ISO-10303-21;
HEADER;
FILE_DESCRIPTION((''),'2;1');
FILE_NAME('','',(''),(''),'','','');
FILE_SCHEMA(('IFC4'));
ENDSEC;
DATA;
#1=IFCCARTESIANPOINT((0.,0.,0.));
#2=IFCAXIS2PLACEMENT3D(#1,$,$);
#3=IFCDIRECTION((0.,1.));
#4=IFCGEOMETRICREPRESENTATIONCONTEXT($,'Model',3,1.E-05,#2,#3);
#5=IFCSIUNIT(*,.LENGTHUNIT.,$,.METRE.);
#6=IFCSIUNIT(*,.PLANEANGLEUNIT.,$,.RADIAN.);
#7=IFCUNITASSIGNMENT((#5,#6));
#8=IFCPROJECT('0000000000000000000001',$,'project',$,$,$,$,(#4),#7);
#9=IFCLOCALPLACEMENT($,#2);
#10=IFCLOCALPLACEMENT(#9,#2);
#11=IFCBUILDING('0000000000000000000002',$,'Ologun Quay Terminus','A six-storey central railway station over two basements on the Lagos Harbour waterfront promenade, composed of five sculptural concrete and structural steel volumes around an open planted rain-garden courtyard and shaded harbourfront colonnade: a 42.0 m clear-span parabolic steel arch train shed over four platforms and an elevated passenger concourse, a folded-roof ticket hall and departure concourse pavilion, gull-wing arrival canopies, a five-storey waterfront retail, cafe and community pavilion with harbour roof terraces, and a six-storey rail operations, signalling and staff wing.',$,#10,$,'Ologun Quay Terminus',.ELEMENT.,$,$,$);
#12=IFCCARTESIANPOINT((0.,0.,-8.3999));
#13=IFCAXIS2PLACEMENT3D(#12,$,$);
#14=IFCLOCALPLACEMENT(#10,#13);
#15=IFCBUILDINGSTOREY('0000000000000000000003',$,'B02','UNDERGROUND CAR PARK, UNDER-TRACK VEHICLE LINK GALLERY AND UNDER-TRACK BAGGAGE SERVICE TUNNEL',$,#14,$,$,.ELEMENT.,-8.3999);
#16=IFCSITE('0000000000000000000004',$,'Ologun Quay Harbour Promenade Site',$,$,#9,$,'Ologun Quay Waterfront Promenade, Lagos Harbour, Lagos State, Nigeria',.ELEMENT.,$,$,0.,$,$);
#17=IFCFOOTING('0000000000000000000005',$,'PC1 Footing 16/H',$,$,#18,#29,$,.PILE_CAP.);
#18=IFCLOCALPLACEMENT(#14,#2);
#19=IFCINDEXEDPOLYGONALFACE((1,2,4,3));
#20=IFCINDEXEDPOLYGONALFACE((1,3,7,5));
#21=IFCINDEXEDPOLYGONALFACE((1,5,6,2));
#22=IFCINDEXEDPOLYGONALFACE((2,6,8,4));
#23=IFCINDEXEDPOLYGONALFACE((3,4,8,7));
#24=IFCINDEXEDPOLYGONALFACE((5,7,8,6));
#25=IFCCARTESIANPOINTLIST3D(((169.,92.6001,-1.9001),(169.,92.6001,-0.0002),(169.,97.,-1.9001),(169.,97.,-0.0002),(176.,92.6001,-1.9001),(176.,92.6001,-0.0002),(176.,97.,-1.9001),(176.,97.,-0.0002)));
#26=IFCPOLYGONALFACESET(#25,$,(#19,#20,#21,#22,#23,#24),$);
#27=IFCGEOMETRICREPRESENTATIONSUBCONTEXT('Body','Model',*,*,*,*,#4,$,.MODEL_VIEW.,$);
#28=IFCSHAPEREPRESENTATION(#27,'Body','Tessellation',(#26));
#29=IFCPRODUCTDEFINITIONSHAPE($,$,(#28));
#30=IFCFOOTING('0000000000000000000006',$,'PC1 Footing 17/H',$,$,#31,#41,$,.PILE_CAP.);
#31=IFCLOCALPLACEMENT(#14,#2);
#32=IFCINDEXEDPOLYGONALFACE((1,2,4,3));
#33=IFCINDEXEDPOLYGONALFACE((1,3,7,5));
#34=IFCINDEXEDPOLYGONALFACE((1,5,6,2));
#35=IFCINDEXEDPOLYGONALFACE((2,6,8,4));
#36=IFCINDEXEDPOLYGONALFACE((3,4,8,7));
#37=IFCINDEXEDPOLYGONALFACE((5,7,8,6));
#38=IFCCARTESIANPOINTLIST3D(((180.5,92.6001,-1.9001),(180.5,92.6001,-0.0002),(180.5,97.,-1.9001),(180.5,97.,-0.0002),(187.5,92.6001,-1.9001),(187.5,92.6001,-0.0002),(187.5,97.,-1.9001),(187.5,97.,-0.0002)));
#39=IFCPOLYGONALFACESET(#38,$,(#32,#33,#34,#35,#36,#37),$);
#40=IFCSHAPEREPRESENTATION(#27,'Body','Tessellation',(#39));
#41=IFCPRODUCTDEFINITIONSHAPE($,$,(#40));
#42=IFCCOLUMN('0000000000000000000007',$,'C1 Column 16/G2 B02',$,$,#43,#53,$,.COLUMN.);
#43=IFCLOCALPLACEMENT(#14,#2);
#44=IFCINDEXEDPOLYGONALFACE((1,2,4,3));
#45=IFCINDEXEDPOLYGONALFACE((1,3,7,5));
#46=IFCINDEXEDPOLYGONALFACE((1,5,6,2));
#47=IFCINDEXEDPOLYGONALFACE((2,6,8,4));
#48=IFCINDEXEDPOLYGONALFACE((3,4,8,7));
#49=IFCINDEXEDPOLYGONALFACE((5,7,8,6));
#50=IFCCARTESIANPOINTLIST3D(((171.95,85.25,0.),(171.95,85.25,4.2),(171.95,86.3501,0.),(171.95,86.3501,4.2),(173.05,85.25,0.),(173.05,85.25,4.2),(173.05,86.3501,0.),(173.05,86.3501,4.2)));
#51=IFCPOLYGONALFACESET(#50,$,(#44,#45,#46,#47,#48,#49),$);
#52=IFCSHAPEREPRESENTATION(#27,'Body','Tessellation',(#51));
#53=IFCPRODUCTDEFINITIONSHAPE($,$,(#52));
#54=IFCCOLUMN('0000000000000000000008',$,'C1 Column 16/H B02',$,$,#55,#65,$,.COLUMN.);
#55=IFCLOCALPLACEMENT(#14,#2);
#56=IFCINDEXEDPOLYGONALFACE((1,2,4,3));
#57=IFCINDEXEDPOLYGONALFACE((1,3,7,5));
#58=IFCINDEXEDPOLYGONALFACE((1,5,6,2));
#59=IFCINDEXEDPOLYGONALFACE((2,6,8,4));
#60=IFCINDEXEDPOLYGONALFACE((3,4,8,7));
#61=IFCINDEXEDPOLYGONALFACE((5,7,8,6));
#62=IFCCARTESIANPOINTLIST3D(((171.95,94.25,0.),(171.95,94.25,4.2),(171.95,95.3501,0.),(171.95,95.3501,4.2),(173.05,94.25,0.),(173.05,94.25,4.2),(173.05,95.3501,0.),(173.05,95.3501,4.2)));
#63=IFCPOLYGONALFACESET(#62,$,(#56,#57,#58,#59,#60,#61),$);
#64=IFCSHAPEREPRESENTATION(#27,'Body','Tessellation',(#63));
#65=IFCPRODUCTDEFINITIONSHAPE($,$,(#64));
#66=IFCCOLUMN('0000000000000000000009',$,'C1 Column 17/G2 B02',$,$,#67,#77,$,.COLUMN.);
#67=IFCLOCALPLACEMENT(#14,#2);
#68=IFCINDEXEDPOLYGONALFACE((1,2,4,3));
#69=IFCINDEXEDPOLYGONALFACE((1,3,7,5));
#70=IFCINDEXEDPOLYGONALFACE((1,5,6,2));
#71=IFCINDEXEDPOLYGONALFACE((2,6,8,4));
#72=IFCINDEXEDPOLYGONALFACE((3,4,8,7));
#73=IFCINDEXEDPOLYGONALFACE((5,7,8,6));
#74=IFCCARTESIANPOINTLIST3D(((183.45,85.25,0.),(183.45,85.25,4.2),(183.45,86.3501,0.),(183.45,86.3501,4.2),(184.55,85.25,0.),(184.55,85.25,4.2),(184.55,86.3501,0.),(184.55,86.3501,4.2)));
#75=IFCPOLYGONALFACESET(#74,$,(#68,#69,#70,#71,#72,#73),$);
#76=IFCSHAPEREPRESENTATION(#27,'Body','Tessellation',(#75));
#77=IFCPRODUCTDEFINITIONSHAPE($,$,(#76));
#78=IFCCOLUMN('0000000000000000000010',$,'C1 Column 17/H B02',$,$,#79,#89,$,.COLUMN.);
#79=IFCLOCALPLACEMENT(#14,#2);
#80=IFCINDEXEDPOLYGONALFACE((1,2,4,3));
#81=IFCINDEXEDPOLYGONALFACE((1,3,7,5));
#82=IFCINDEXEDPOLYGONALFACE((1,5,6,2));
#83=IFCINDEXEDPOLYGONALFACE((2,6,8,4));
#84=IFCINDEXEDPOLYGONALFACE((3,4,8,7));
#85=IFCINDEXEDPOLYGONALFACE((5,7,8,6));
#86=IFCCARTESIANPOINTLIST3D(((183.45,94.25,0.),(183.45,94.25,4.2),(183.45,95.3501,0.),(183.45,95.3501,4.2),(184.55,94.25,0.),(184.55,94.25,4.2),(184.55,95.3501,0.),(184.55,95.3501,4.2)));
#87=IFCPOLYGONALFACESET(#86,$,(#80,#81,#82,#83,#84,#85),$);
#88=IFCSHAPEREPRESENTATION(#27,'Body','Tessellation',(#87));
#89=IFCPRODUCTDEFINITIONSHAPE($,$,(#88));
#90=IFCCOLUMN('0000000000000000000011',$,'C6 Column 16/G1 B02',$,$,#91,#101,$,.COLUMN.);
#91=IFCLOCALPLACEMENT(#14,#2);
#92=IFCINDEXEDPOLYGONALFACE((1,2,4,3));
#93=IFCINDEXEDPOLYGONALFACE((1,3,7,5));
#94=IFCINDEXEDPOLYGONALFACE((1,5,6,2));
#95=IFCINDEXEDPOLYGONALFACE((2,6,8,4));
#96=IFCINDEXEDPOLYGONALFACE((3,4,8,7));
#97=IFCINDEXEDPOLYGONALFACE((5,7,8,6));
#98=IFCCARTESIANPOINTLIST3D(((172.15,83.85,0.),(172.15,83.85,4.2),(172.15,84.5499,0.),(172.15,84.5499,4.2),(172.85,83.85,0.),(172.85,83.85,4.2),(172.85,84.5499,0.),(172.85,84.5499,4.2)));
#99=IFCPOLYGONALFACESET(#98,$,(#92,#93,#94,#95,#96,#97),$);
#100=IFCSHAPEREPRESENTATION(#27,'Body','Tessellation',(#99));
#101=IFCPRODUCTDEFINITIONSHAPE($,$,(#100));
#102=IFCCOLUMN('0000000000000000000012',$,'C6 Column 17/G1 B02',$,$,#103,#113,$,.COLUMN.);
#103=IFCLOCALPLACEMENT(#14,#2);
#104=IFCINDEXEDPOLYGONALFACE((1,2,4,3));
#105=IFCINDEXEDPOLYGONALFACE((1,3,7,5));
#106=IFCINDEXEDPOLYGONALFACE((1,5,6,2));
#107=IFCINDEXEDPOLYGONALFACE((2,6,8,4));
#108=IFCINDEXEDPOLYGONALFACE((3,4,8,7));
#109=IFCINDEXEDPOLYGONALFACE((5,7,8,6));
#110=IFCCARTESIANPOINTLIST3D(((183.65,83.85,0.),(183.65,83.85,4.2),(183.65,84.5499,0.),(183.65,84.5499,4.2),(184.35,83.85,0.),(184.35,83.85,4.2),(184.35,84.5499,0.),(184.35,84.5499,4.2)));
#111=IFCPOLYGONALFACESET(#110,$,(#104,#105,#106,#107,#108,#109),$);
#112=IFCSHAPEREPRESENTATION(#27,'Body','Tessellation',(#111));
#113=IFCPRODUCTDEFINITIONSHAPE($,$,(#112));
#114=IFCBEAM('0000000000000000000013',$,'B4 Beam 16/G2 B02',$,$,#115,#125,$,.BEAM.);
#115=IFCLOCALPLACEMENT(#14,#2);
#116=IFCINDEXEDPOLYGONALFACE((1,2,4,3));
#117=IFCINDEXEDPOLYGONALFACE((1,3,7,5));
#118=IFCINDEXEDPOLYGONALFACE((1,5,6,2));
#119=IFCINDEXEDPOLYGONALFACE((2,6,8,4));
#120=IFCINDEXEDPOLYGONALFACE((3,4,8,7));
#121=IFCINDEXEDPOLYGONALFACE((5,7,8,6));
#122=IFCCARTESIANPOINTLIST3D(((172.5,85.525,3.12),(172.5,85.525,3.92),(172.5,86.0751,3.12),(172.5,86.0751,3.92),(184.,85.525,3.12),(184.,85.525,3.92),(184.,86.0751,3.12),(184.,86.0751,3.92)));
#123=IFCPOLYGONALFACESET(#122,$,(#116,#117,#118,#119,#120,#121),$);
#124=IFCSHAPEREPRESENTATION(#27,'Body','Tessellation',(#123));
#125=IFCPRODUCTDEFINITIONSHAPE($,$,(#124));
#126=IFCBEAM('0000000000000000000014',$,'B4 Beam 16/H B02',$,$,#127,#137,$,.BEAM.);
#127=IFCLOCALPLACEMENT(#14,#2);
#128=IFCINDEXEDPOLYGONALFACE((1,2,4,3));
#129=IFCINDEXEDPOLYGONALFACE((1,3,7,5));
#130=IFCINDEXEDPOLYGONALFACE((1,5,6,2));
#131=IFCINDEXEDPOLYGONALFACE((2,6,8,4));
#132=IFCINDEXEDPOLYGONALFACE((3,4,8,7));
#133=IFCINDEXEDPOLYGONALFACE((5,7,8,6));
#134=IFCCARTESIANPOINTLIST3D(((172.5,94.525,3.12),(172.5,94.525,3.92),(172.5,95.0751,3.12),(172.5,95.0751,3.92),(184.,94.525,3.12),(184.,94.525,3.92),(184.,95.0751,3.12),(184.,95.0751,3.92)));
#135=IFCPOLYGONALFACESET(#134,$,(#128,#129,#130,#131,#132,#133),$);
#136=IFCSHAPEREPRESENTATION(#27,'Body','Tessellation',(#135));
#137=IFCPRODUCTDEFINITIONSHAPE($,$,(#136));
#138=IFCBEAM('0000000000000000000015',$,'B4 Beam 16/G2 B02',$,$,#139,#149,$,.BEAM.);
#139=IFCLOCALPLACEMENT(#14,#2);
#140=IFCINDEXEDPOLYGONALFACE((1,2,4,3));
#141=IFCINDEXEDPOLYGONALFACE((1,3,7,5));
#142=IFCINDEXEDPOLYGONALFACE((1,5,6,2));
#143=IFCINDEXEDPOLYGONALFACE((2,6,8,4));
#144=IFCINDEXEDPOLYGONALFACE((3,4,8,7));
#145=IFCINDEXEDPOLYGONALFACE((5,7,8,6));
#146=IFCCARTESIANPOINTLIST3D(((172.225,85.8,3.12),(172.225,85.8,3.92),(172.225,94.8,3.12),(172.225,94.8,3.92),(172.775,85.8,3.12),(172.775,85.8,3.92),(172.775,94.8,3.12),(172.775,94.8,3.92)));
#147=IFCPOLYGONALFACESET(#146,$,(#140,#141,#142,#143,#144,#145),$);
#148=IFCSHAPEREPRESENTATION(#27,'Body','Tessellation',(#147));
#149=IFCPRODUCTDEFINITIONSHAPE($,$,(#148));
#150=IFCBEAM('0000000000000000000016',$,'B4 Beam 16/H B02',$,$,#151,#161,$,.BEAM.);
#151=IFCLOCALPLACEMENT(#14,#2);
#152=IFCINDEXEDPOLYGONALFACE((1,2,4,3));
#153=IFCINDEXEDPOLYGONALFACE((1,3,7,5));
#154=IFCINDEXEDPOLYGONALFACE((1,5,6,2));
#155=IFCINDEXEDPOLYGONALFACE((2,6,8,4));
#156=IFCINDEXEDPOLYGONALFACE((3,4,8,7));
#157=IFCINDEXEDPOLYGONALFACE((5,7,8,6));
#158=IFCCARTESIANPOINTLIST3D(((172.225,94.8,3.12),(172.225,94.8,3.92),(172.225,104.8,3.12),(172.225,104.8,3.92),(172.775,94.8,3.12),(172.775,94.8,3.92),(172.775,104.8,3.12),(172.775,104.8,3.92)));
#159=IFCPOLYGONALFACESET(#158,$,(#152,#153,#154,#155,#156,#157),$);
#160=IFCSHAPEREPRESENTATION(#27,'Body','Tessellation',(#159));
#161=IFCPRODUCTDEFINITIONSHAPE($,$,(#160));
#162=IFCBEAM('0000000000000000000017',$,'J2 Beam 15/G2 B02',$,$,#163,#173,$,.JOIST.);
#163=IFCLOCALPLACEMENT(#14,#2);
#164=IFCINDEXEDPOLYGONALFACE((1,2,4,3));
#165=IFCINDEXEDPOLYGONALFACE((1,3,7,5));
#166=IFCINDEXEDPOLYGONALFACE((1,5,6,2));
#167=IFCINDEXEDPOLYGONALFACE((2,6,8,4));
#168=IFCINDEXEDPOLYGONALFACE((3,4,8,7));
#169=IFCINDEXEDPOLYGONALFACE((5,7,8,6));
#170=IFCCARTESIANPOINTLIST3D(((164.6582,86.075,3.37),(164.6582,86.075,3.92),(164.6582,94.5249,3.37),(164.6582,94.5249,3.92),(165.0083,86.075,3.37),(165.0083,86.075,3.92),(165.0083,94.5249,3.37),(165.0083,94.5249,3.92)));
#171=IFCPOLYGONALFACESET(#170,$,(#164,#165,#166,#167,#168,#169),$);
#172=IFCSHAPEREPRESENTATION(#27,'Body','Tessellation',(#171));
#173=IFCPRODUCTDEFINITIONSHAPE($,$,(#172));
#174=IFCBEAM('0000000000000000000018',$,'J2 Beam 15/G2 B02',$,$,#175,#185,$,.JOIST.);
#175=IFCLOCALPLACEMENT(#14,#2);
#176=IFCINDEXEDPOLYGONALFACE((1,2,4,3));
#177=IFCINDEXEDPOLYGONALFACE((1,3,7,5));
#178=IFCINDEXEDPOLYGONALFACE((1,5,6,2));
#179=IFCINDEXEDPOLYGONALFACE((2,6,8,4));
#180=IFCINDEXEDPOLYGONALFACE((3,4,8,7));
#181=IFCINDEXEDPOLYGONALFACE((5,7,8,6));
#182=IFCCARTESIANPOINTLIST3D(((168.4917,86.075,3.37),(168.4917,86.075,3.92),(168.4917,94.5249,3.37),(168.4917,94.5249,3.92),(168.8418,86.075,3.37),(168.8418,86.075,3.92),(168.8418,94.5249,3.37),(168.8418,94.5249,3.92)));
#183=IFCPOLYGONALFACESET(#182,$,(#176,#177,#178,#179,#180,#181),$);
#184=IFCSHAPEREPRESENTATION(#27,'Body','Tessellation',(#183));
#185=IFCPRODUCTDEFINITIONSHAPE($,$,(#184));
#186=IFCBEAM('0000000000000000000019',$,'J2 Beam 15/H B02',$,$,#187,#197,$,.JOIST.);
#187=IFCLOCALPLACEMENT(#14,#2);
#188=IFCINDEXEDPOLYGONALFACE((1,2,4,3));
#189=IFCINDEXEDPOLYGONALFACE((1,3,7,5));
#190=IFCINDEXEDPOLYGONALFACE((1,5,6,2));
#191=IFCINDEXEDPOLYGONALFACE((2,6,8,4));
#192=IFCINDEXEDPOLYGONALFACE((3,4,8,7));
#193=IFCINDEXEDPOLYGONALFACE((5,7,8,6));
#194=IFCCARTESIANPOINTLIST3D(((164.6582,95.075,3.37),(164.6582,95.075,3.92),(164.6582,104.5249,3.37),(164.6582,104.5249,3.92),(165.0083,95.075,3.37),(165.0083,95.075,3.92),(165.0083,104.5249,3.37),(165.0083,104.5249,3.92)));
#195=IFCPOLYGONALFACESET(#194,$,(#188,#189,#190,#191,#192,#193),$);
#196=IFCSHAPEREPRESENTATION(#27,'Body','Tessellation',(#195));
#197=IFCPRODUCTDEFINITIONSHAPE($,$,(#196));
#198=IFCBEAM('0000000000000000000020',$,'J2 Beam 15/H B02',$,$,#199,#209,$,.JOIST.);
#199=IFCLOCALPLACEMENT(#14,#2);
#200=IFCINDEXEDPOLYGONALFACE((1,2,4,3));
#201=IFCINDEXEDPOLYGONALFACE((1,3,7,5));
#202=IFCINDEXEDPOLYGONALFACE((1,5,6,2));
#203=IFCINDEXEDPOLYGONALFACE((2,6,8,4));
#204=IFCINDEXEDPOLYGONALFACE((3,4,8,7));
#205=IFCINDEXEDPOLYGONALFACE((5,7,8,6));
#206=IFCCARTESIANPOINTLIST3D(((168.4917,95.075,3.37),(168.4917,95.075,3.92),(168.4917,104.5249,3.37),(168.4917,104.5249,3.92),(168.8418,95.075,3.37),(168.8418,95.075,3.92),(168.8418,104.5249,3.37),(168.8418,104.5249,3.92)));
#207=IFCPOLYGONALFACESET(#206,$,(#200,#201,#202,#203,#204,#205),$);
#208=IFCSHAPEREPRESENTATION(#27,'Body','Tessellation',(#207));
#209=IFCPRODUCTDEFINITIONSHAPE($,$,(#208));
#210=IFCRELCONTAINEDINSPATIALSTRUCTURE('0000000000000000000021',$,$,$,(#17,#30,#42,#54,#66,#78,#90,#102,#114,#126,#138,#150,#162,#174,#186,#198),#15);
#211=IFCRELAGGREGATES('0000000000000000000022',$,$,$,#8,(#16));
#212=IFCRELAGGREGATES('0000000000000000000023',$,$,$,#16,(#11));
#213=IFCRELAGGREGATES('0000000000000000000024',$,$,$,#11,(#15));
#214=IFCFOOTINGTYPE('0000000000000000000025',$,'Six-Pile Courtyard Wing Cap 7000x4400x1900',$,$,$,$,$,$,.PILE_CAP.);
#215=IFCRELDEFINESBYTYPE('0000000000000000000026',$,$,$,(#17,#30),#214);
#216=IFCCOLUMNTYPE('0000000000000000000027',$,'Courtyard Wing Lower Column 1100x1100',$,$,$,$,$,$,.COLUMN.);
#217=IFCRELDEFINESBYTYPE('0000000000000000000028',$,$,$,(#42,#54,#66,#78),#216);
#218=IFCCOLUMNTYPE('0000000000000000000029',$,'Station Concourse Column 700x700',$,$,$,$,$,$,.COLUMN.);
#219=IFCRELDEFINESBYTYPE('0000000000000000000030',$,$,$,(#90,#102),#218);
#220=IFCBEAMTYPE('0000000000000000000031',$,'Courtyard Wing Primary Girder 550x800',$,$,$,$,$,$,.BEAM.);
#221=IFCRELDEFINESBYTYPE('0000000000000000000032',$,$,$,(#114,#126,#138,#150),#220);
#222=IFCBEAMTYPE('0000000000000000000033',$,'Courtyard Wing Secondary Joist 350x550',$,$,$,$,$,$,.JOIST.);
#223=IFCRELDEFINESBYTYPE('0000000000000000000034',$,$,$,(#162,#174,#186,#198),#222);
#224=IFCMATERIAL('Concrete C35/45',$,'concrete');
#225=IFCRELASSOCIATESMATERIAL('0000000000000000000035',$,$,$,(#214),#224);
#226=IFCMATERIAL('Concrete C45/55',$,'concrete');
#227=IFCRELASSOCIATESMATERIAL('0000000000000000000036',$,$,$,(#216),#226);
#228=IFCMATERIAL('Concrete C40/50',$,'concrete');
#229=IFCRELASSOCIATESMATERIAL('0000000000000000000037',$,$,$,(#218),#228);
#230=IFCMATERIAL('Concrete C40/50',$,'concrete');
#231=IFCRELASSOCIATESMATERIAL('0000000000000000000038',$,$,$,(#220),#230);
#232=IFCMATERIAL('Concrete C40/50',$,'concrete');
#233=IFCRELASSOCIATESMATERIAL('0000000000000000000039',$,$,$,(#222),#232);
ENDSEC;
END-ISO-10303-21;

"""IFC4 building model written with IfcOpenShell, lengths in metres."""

from ifc_helpers import new_model, si_unit, direction, frame, origin, origin_2d, place, context, subcontext, project, spatial, rectangle, extrude, material, material_profile, profile_set, type_object, element, save


model = new_model("IFC4")

# Units and contexts
model_context = context("Model", 3, precision=1e-05, world=origin(), true_north=direction((0.0, 1.0)))
body_context = subcontext(model_context, "Body", "Model", "MODEL_VIEW")
ifc_project = project(units=[si_unit("LENGTHUNIT", "METRE"), si_unit("PLANEANGLEUNIT", "RADIAN")], contexts=[model_context])

# Site, building, storey
site_placement = place(None, origin())
site = spatial("IfcSite", under=ifc_project, at=site_placement, Name="Ologun Quay Harbour Promenade Site", LongName="Ologun Quay Waterfront Promenade, Lagos Harbour, Lagos State, Nigeria", CompositionType="ELEMENT", RefElevation=0.0)
building_placement = place(site_placement, origin())
building = spatial("IfcBuilding", under=site, at=building_placement, Name="Ologun Quay Terminus", Description="A six-storey central railway station over two basements on the Lagos Harbour waterfront promenade, composed of five sculptural concrete and structural steel volumes around an open planted rain-garden courtyard and shaded harbourfront colonnade: a 42.0 m clear-span parabolic steel arch train shed over four platforms and an elevated passenger concourse, a folded-roof ticket hall and departure concourse pavilion, gull-wing arrival canopies, a five-storey waterfront retail, cafe and community pavilion with harbour roof terraces, and a six-storey rail operations, signalling and staff wing.", LongName="Ologun Quay Terminus", CompositionType="ELEMENT")
storey_placement = place(building_placement, frame((0.0, 0.0, -8.3999)))
storey = spatial("IfcBuildingStorey", under=building, at=storey_placement, Name="B02", Description="UNDERGROUND CAR PARK, UNDER-TRACK VEHICLE LINK GALLERY AND UNDER-TRACK BAGGAGE SERVICE TUNNEL", CompositionType="ELEMENT", Elevation=-8.3999)

# Footings
ifc_material_1 = material(Name="Concrete C35/45", Category="concrete")
footing_type = type_object("IfcFootingType", Name="Six-Pile Courtyard Wing Cap 7000x4400x1900", PredefinedType="PILE_CAP", material=ifc_material_1)
for number, where, z_axis, x_axis, name in (
    (1, (172.5, 94.8, -1.9001), (0.0, 0.0, 1.0), (1.0, 0.0, 0.0), "PC1 Footing 16/H"),
    (2, (184.0, 94.8, -1.9001), (0.0, 0.0, 1.0), (1.0, 0.0, 0.0), "PC1 Footing 17/H"),
):
    element("IfcFooting", number, at=place(storey_placement, frame(where, z_axis=z_axis, x_axis=x_axis)), inside=storey, type_object=footing_type, Name=name, PredefinedType="PILE_CAP", context=body_context, shape_type="SweptSolid", body=[
        extrude(rectangle(XDim=7.0, YDim=4.3999, at=origin_2d()), origin(), (0.0, 0.0, 1.0), 1.8999),
    ])

# Columns
ifc_material_2 = material(Name="Concrete C45/55", Category="concrete")
ifc_material_profile_1 = material_profile(ifc_material_2, rectangle(XDim=1.1001, YDim=1.1001, at=origin_2d()), Name="RC 1100x1100")
ifc_profile_set_1 = profile_set([ifc_material_profile_1], Name="Concrete C45/55")
column_type_1 = type_object("IfcColumnType", Name="Courtyard Wing Lower Column 1100x1100", PredefinedType="COLUMN", material=ifc_profile_set_1)
for number, where, z_axis, x_axis, name in (
    (3, (172.5, 85.8, 0.0), (0.0, 0.0, 1.0), (1.0, 0.0, 0.0), "C1 Column 16/G2 B02"),
    (4, (172.5, 94.8, 0.0), (0.0, 0.0, 1.0), (1.0, 0.0, 0.0), "C1 Column 16/H B02"),
    (5, (184.0, 85.8, 0.0), (0.0, 0.0, 1.0), (1.0, 0.0, 0.0), "C1 Column 17/G2 B02"),
    (6, (184.0, 94.8, 0.0), (0.0, 0.0, 1.0), (1.0, 0.0, 0.0), "C1 Column 17/H B02"),
):
    element("IfcColumn", number, at=place(storey_placement, frame(where, z_axis=z_axis, x_axis=x_axis)), inside=storey, type_object=column_type_1, Name=name, PredefinedType="COLUMN", context=body_context, shape_type="SweptSolid", body=[
        extrude(rectangle(XDim=1.1001, YDim=1.1001, at=origin_2d()), origin(), (0.0, 0.0, 1.0), 4.2),
    ])
ifc_material_3 = material(Name="Concrete C40/50", Category="concrete")
ifc_material_profile_2 = material_profile(ifc_material_3, rectangle(XDim=0.7, YDim=0.7, at=origin_2d()), Name="RC 700x700")
ifc_profile_set_2 = profile_set([ifc_material_profile_2], Name="Concrete C40/50")
column_type_2 = type_object("IfcColumnType", Name="Station Concourse Column 700x700", PredefinedType="COLUMN", material=ifc_profile_set_2)
for number, where, z_axis, x_axis, name in (
    (7, (172.5, 84.2, 0.0), (0.0, 0.0, 1.0), (1.0, 0.0, 0.0), "C6 Column 16/G1 B02"),
    (8, (184.0, 84.2, 0.0), (0.0, 0.0, 1.0), (1.0, 0.0, 0.0), "C6 Column 17/G1 B02"),
):
    element("IfcColumn", number, at=place(storey_placement, frame(where, z_axis=z_axis, x_axis=x_axis)), inside=storey, type_object=column_type_2, Name=name, PredefinedType="COLUMN", context=body_context, shape_type="SweptSolid", body=[
        extrude(rectangle(XDim=0.7, YDim=0.7, at=origin_2d()), origin(), (0.0, 0.0, 1.0), 4.2),
    ])

# Beams
ifc_material_4 = material(Name="Concrete C40/50", Category="concrete")
ifc_material_profile_3 = material_profile(ifc_material_4, rectangle(XDim=0.55, YDim=0.8, at=origin_2d()), Name="RC 550x800")
ifc_profile_set_3 = profile_set([ifc_material_profile_3], Name="Concrete C40/50")
beam_type_1 = type_object("IfcBeamType", Name="Courtyard Wing Primary Girder 550x800", PredefinedType="BEAM", material=ifc_profile_set_3)
for number, where, z_axis, x_axis, name in (
    (9, (172.5, 85.8, 3.52), (1.0, 0.0, 0.0), (0.0, 1.0, 0.0), "B4 Beam 16/G2 B02"),
    (10, (172.5, 94.8, 3.52), (1.0, 0.0, 0.0), (0.0, 1.0, 0.0), "B4 Beam 16/H B02"),
):
    element("IfcBeam", number, at=place(storey_placement, frame(where, z_axis=z_axis, x_axis=x_axis)), inside=storey, type_object=beam_type_1, Name=name, PredefinedType="BEAM", context=body_context, shape_type="SweptSolid", body=[
        extrude(rectangle(XDim=0.55, YDim=0.8, at=origin_2d()), origin(), (0.0, 0.0, 1.0), 11.5),
    ])
beam_1_placement = place(storey_placement, frame((172.5, 85.8, 3.52), z_axis=(0.0, 1.0, 0.0), x_axis=(-1.0, 0.0, 0.0)))
element("IfcBeam", 11, at=beam_1_placement, inside=storey, type_object=beam_type_1, Name="B4 Beam 16/G2 B02", PredefinedType="BEAM", context=body_context, shape_type="SweptSolid", body=[
    extrude(rectangle(XDim=0.55, YDim=0.8, at=origin_2d()), origin(), (0.0, 0.0, 1.0), 9.0),
])
beam_2_placement = place(storey_placement, frame((172.5, 94.8, 3.52), z_axis=(0.0, 1.0, 0.0), x_axis=(-1.0, 0.0, 0.0)))
element("IfcBeam", 12, at=beam_2_placement, inside=storey, type_object=beam_type_1, Name="B4 Beam 16/H B02", PredefinedType="BEAM", context=body_context, shape_type="SweptSolid", body=[
    extrude(rectangle(XDim=0.55, YDim=0.8, at=origin_2d()), origin(), (0.0, 0.0, 1.0), 10.0),
])
ifc_material_5 = material(Name="Concrete C40/50", Category="concrete")
ifc_material_profile_4 = material_profile(ifc_material_5, rectangle(XDim=0.3501, YDim=0.55, at=origin_2d()), Name="RC 350x550")
ifc_profile_set_4 = profile_set([ifc_material_profile_4], Name="Concrete C40/50")
beam_type_2 = type_object("IfcBeamType", Name="Courtyard Wing Secondary Joist 350x550", PredefinedType="JOIST", material=ifc_profile_set_4)
for number, where, z_axis, x_axis, name in (
    (13, (164.8333, 86.075, 3.645), (0.0, 1.0, 0.0), (-1.0, 0.0, 0.0), "J2 Beam 15/G2 B02"),
    (14, (168.6667, 86.075, 3.645), (0.0, 1.0, 0.0), (-1.0, 0.0, 0.0), "J2 Beam 15/G2 B02"),
):
    element("IfcBeam", number, at=place(storey_placement, frame(where, z_axis=z_axis, x_axis=x_axis)), inside=storey, type_object=beam_type_2, Name=name, PredefinedType="JOIST", context=body_context, shape_type="SweptSolid", body=[
        extrude(rectangle(XDim=0.3501, YDim=0.55, at=origin_2d()), origin(), (0.0, 0.0, 1.0), 8.45),
    ])
for number, where, z_axis, x_axis, name in (
    (15, (164.8333, 95.075, 3.645), (0.0, 1.0, 0.0), (-1.0, 0.0, 0.0), "J2 Beam 15/H B02"),
    (16, (168.6667, 95.075, 3.645), (0.0, 1.0, 0.0), (-1.0, 0.0, 0.0), "J2 Beam 15/H B02"),
):
    element("IfcBeam", number, at=place(storey_placement, frame(where, z_axis=z_axis, x_axis=x_axis)), inside=storey, type_object=beam_type_2, Name=name, PredefinedType="JOIST", context=body_context, shape_type="SweptSolid", body=[
        extrude(rectangle(XDim=0.3501, YDim=0.55, at=origin_2d()), origin(), (0.0, 0.0, 1.0), 9.45),
    ])

save(model, "model.ifc")
